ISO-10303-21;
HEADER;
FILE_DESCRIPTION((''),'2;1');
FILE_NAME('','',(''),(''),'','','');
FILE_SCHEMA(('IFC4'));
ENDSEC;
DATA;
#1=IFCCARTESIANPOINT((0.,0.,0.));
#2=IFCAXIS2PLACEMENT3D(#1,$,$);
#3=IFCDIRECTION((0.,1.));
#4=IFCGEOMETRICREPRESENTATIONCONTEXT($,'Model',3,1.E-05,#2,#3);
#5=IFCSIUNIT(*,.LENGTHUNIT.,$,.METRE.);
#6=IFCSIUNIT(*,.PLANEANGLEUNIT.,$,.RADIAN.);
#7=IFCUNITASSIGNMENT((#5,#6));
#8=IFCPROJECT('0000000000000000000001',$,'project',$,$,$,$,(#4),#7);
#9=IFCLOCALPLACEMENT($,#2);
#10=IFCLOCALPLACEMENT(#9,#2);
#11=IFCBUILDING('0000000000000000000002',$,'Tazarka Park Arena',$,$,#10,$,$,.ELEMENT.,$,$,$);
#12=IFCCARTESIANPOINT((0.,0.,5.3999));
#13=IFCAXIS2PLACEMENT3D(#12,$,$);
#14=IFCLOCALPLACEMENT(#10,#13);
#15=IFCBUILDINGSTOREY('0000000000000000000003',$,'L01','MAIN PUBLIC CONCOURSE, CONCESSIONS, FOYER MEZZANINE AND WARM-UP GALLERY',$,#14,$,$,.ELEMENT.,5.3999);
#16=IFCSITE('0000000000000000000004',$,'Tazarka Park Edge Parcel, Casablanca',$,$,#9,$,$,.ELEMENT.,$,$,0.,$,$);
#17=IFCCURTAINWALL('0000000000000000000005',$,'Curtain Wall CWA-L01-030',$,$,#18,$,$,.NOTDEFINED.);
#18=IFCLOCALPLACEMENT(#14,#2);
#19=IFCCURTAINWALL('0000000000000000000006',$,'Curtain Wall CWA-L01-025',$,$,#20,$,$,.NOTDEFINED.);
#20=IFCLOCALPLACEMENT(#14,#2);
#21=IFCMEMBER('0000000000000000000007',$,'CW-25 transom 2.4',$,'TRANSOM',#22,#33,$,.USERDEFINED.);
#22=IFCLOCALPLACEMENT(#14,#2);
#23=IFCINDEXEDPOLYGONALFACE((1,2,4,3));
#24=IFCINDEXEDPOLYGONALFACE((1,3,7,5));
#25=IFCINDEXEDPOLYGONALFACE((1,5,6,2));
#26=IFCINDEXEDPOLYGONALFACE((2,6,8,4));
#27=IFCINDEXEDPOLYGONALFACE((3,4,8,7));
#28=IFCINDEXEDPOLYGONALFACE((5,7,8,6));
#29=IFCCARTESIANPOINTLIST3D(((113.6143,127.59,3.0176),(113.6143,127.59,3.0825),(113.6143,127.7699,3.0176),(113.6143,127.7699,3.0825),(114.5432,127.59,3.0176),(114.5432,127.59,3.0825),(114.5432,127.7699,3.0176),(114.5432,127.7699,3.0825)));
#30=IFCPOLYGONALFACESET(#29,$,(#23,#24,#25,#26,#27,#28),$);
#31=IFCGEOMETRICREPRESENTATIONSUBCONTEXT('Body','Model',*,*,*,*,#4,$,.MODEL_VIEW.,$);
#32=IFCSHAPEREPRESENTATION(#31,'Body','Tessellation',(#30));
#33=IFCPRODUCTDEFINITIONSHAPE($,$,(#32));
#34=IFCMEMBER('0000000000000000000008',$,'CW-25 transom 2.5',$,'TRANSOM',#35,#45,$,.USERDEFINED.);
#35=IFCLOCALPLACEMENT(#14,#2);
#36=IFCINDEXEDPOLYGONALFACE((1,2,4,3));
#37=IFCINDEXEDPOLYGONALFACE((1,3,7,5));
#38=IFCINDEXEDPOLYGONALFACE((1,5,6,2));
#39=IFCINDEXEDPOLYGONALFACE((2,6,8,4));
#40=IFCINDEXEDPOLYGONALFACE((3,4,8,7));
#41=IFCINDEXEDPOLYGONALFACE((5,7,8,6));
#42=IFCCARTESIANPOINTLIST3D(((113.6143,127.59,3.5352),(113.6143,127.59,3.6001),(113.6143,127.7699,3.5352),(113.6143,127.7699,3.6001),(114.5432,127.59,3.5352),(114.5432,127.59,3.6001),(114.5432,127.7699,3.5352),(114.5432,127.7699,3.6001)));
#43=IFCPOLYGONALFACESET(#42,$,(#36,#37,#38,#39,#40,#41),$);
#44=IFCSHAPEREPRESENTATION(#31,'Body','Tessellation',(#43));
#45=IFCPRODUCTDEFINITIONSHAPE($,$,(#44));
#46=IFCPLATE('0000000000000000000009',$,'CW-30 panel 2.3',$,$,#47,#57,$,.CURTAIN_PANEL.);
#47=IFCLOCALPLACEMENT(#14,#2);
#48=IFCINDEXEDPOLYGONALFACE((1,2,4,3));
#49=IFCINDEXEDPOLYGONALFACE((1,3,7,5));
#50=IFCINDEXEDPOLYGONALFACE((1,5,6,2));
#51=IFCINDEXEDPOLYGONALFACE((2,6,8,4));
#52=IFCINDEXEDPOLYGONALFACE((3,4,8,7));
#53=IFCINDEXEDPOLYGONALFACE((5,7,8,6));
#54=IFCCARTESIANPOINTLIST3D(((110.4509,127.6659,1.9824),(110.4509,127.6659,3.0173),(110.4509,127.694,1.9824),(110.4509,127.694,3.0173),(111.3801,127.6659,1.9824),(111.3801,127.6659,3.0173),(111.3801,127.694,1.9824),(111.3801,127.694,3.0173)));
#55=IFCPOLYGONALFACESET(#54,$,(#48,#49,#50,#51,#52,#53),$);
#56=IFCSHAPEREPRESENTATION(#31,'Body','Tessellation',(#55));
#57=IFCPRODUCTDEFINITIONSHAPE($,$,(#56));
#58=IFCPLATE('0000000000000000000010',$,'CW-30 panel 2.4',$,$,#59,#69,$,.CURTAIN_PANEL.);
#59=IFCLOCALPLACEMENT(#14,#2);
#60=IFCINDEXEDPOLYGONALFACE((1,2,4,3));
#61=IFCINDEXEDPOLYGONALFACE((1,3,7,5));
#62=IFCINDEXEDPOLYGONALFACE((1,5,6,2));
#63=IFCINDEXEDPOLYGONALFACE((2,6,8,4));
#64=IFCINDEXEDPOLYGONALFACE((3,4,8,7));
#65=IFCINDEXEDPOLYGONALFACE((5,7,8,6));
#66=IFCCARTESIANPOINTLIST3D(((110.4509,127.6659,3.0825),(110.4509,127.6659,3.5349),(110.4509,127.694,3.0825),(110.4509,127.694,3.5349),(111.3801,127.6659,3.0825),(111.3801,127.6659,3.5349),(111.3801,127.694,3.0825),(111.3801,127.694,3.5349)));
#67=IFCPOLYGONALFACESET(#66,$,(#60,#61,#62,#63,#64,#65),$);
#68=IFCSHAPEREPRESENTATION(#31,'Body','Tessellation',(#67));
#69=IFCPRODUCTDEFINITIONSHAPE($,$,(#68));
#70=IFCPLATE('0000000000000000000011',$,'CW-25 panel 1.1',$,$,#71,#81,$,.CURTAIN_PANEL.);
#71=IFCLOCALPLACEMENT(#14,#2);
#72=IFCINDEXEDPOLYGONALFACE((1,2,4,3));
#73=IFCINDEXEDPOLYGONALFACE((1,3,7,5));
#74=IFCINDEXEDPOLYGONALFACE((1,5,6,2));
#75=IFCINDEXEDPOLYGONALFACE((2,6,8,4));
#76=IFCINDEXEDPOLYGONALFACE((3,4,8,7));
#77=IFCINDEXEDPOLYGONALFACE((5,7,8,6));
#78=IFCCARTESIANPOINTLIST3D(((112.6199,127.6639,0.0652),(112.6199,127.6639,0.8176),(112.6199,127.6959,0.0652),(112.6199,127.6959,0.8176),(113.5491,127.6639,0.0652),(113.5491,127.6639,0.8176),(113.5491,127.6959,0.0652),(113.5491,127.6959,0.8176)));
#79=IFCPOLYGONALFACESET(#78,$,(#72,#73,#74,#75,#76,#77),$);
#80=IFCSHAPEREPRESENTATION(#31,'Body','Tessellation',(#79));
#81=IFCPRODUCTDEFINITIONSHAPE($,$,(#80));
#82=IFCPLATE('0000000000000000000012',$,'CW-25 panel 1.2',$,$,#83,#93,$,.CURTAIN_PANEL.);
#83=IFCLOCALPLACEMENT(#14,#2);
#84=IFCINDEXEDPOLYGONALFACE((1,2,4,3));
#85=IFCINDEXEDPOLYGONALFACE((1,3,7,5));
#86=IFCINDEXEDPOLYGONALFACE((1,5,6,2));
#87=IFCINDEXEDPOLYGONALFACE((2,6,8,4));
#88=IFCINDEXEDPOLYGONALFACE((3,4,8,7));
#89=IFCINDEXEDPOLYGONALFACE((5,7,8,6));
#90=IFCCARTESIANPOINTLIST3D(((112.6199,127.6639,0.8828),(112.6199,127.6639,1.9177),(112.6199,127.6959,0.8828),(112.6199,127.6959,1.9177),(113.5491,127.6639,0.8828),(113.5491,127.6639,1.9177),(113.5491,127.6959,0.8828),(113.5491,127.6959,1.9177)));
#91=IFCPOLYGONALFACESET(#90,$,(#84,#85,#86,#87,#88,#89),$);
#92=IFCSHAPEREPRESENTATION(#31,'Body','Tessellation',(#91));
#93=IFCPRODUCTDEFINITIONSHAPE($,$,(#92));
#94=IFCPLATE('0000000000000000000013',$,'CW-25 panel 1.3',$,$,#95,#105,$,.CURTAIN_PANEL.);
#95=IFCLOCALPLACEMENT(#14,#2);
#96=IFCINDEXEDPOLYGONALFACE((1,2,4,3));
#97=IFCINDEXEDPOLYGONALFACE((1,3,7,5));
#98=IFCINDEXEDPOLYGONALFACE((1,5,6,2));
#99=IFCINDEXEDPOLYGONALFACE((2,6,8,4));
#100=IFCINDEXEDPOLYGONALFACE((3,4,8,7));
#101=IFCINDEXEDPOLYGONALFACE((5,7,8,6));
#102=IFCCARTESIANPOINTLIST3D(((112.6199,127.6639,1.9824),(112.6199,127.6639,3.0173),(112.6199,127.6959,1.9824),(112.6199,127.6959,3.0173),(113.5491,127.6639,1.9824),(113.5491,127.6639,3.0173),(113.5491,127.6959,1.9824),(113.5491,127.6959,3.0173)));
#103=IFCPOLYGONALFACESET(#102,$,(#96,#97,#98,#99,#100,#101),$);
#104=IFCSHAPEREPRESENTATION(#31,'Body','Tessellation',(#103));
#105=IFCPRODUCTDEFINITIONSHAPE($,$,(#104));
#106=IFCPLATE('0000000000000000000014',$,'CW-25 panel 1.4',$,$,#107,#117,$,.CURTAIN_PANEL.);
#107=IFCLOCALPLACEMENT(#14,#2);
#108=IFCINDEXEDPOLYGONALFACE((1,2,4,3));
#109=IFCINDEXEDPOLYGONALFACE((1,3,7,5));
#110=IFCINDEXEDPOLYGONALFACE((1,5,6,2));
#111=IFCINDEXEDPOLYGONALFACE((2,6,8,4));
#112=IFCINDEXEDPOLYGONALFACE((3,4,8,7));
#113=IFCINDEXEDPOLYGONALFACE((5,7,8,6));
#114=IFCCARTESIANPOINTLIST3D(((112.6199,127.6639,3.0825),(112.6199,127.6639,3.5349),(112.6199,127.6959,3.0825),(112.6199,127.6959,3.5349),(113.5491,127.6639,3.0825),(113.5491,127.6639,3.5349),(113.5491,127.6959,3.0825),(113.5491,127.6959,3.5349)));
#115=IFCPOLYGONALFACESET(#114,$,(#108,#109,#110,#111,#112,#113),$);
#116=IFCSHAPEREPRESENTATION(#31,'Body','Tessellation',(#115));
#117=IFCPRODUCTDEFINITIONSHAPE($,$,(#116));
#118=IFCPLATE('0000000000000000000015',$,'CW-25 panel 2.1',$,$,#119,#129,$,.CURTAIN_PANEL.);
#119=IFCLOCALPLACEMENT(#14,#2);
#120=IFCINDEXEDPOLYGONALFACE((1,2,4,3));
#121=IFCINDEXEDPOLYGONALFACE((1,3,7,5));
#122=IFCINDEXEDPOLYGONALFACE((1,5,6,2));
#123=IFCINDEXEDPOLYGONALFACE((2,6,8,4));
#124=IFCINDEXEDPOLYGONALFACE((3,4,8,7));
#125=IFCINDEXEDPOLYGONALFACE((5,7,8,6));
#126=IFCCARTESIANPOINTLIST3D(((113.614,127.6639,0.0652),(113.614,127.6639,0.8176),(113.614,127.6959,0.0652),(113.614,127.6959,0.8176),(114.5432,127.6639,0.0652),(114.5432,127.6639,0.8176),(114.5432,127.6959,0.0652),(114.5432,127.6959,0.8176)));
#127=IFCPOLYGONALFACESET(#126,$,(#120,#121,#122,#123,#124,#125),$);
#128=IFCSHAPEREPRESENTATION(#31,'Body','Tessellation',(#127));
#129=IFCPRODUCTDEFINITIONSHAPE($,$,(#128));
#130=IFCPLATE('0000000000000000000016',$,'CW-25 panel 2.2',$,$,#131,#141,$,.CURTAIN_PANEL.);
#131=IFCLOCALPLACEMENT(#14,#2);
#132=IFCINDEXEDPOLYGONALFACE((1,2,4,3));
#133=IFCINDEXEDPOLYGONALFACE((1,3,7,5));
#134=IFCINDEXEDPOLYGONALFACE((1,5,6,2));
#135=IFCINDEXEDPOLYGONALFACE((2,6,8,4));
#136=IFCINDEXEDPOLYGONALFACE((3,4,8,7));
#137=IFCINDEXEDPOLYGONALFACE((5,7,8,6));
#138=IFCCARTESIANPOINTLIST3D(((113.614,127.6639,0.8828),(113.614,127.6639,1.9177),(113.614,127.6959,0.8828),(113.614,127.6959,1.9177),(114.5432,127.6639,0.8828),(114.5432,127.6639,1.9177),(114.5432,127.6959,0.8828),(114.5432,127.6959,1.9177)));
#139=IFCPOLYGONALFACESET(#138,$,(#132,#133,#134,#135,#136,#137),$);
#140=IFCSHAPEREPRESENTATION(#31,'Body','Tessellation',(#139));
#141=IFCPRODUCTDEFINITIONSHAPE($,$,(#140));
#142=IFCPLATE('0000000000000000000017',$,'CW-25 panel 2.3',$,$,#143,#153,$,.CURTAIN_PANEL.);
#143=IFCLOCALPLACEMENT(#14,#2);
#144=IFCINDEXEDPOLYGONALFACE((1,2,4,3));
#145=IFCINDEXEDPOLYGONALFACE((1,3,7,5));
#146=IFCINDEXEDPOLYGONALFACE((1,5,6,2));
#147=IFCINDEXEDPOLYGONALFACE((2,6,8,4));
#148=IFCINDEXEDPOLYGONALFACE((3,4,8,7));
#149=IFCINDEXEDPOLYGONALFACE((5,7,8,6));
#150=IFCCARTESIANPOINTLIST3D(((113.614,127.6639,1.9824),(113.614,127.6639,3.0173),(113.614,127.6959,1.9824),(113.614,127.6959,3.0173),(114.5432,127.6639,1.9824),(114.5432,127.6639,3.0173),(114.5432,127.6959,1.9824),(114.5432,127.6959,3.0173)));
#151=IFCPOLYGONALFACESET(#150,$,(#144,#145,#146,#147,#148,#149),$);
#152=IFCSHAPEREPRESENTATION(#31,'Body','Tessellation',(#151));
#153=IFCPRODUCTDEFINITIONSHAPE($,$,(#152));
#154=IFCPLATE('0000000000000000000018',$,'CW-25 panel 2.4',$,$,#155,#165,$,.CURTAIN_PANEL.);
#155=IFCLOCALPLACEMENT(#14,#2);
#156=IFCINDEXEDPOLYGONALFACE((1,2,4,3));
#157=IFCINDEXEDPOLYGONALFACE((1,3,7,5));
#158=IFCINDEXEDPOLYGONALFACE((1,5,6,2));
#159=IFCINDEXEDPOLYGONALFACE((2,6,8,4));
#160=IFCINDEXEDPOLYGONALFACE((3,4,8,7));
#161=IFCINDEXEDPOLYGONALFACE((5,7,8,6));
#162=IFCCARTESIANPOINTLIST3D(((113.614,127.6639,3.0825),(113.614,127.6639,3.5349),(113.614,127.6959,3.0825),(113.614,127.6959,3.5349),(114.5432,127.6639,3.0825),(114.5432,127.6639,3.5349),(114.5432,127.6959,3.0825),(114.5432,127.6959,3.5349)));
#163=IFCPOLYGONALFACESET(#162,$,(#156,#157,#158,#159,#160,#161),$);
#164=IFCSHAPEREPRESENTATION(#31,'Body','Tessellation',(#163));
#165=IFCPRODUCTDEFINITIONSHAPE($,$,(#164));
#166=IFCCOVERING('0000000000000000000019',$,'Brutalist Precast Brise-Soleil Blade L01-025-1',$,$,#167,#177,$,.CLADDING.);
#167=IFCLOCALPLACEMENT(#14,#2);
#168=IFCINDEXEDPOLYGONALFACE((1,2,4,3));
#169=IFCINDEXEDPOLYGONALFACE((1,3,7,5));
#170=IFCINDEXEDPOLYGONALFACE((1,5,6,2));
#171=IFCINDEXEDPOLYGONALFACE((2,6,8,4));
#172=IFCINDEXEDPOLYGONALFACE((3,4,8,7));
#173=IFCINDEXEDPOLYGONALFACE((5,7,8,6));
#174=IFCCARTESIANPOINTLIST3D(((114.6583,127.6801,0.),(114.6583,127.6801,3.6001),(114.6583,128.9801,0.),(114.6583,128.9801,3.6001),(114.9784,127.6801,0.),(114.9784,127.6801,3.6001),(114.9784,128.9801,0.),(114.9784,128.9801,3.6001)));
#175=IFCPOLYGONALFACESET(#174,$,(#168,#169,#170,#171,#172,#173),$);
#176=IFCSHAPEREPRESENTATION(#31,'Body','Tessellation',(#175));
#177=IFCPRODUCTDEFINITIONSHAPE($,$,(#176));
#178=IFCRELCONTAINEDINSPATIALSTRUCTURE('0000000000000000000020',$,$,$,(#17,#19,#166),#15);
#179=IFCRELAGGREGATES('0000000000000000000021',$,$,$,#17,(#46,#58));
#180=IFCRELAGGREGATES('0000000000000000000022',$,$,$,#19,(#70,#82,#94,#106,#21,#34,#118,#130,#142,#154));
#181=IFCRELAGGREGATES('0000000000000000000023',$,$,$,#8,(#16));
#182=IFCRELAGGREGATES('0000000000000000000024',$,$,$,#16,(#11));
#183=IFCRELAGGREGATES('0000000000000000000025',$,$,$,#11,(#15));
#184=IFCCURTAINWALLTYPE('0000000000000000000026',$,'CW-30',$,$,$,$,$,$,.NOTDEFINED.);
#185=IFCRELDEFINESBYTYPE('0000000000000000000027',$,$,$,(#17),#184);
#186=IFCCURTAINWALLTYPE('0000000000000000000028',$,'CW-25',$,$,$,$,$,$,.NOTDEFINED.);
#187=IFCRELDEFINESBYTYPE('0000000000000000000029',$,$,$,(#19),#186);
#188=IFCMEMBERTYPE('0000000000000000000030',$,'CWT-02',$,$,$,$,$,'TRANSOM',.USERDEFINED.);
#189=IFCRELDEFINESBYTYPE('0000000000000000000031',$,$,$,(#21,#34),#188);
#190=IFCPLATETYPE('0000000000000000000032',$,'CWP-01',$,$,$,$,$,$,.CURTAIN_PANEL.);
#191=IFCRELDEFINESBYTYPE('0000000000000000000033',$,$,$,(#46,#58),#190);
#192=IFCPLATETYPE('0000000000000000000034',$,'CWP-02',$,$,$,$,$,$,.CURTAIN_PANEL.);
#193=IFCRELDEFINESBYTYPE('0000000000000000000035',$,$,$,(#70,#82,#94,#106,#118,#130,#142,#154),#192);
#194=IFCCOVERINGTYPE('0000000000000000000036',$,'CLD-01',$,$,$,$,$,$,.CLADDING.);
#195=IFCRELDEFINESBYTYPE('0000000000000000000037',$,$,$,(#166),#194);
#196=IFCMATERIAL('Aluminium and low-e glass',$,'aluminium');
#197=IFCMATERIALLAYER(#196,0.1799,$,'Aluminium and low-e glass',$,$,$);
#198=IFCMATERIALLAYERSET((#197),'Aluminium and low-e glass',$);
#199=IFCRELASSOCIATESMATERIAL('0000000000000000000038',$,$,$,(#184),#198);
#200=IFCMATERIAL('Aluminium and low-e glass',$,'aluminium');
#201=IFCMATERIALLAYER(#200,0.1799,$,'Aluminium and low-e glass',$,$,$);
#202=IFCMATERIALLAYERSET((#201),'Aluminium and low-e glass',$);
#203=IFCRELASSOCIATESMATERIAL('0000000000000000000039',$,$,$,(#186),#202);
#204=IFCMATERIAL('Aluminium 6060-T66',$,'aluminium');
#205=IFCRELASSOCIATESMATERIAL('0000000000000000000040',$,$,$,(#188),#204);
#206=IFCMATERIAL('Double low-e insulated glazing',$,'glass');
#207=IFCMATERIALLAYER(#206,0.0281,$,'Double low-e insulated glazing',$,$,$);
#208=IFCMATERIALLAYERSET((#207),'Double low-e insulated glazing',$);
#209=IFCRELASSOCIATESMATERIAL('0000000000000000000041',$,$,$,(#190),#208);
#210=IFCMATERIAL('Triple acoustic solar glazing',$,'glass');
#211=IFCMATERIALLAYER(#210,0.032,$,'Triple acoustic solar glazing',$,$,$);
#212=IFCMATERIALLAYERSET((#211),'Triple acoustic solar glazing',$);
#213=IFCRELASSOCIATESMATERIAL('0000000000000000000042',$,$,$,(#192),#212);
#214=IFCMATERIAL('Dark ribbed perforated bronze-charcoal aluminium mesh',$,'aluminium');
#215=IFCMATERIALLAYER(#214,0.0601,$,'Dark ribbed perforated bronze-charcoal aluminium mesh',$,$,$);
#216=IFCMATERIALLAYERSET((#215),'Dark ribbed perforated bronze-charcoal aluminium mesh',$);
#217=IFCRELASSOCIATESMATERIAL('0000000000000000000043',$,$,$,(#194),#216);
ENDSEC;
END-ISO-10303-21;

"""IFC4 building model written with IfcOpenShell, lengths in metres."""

from ifc_helpers import new_model, si_unit, direction, frame, origin, origin_2d, place, context, subcontext, project, spatial, rectangle, extrude, material, layer, layer_set, material_profile, profile_set, type_object, element, aggregate, save


model = new_model("IFC4")

# Units and contexts
model_context = context("Model", 3, precision=1e-05, world=origin(), true_north=direction((0.0, 1.0)))
body_context = subcontext(model_context, "Body", "Model", "MODEL_VIEW")
ifc_project = project(units=[si_unit("LENGTHUNIT", "METRE"), si_unit("PLANEANGLEUNIT", "RADIAN")], contexts=[model_context])

# Site, building, storey
site_placement = place(None, origin())
site = spatial("IfcSite", under=ifc_project, at=site_placement, Name="Tazarka Park Edge Parcel, Casablanca", CompositionType="ELEMENT", RefElevation=0.0)
building_placement = place(site_placement, origin())
building = spatial("IfcBuilding", under=site, at=building_placement, Name="Tazarka Park Arena", CompositionType="ELEMENT")
storey_placement = place(building_placement, frame((0.0, 0.0, 5.3999)))
storey = spatial("IfcBuildingStorey", under=building, at=storey_placement, Name="L01", Description="MAIN PUBLIC CONCOURSE, CONCESSIONS, FOYER MEZZANINE AND WARM-UP GALLERY", CompositionType="ELEMENT", Elevation=5.3999)

# Curtain wall
ifc_material_1 = material(Name="Aluminium and low-e glass", Category="aluminium")
ifc_layer_1 = layer(ifc_material_1, 0.1799, Name="Aluminium and low-e glass")
ifc_layer_set_1 = layer_set([ifc_layer_1], Name="Aluminium and low-e glass")
curtain_wall_type_1 = type_object("IfcCurtainWallType", Name="CW-30", PredefinedType="NOTDEFINED", material=ifc_layer_set_1)
curtain_wall_1_placement = place(storey_placement, origin())
curtain_wall_1 = element("IfcCurtainWall", 1, at=curtain_wall_1_placement, inside=storey, type_object=curtain_wall_type_1, Name="Curtain Wall CWA-L01-030", PredefinedType="NOTDEFINED")

# Curtain wall, members
ifc_material_2 = material(Name="Aluminium and low-e glass", Category="aluminium")
ifc_layer_2 = layer(ifc_material_2, 0.1799, Name="Aluminium and low-e glass")
ifc_layer_set_2 = layer_set([ifc_layer_2], Name="Aluminium and low-e glass")
curtain_wall_type_2 = type_object("IfcCurtainWallType", Name="CW-25", PredefinedType="NOTDEFINED", material=ifc_layer_set_2)
curtain_wall_2_placement = place(storey_placement, origin())
curtain_wall_2 = element("IfcCurtainWall", 2, at=curtain_wall_2_placement, inside=storey, type_object=curtain_wall_type_2, Name="Curtain Wall CWA-L01-025", PredefinedType="NOTDEFINED")
ifc_material_3 = material(Name="Aluminium 6060-T66", Category="aluminium")
ifc_material_profile_1 = material_profile(ifc_material_3, rectangle(XDim=0.1799, YDim=0.0649, at=origin_2d()), Name="Aluminium 6060-T66")
ifc_profile_set_1 = profile_set([ifc_material_profile_1], Name="Aluminium 6060-T66")
member_type_1 = type_object("IfcMemberType", Name="CWT-02", ElementType="TRANSOM", PredefinedType="USERDEFINED", material=ifc_profile_set_1)
member_1_placement = place(storey_placement, frame((113.6143, 127.6799, 3.05), z_axis=(1.0, 0.0, 0.0), x_axis=(0.0, 1.0, 0.0)))
member_1 = element("IfcMember", 3, at=member_1_placement, type_object=member_type_1, Name="CW-25 transom 2.4", ObjectType="TRANSOM", PredefinedType="USERDEFINED", context=body_context, shape_type="SweptSolid", body=[
    extrude(rectangle(XDim=0.1799, YDim=0.0649, at=origin_2d()), origin(), (0.0, 0.0, 1.0), 0.929),
])
member_2_placement = place(storey_placement, frame((113.6143, 127.6799, 3.5676), z_axis=(1.0, 0.0, 0.0), x_axis=(0.0, 1.0, 0.0)))
member_2 = element("IfcMember", 4, at=member_2_placement, type_object=member_type_1, Name="CW-25 transom 2.5", ObjectType="TRANSOM", PredefinedType="USERDEFINED", context=body_context, shape_type="SweptSolid", body=[
    extrude(rectangle(XDim=0.1799, YDim=0.0649, at=origin_2d()), origin(), (0.0, 0.0, 1.0), 0.929),
])

# Plates
ifc_material_4 = material(Name="Double low-e insulated glazing", Category="glass")
ifc_layer_3 = layer(ifc_material_4, 0.0281, Name="Double low-e insulated glazing")
ifc_layer_set_3 = layer_set([ifc_layer_3], Name="Double low-e insulated glazing")
plate_type_1 = type_object("IfcPlateType", Name="CWP-01", PredefinedType="CURTAIN_PANEL", material=ifc_layer_set_3)
plate_1_placement = place(storey_placement, frame((110.9155, 127.6799, 1.9824), z_axis=(0.0, 0.0, 1.0), x_axis=(1.0, 0.0, 0.0)))
plate_1 = element("IfcPlate", 5, at=plate_1_placement, type_object=plate_type_1, Name="CW-30 panel 2.3", PredefinedType="CURTAIN_PANEL", context=body_context, shape_type="SweptSolid", body=[
    extrude(rectangle(XDim=0.9292, YDim=0.0281, at=origin_2d()), origin(), (0.0, 0.0, 1.0), 1.0349),
])
plate_2_placement = place(storey_placement, frame((110.9155, 127.6799, 3.0825), z_axis=(0.0, 0.0, 1.0), x_axis=(1.0, 0.0, 0.0)))
plate_2 = element("IfcPlate", 6, at=plate_2_placement, type_object=plate_type_1, Name="CW-30 panel 2.4", PredefinedType="CURTAIN_PANEL", context=body_context, shape_type="SweptSolid", body=[
    extrude(rectangle(XDim=0.9292, YDim=0.0281, at=origin_2d()), origin(), (0.0, 0.0, 1.0), 0.4524),
])
aggregate(curtain_wall_1, [plate_1, plate_2])
ifc_material_5 = material(Name="Triple acoustic solar glazing", Category="glass")
ifc_layer_4 = layer(ifc_material_5, 0.032, Name="Triple acoustic solar glazing")
ifc_layer_set_4 = layer_set([ifc_layer_4], Name="Triple acoustic solar glazing")
plate_type_2 = type_object("IfcPlateType", Name="CWP-02", PredefinedType="CURTAIN_PANEL", material=ifc_layer_set_4)
plate_3_placement = place(storey_placement, frame((113.0845, 127.6799, 0.0652), z_axis=(0.0, 0.0, 1.0), x_axis=(1.0, 0.0, 0.0)))
plate_3 = element("IfcPlate", 7, at=plate_3_placement, type_object=plate_type_2, Name="CW-25 panel 1.1", PredefinedType="CURTAIN_PANEL", context=body_context, shape_type="SweptSolid", body=[
    extrude(rectangle(XDim=0.9292, YDim=0.032, at=origin_2d()), origin(), (0.0, 0.0, 1.0), 0.7524),
])
plate_4_placement = place(storey_placement, frame((113.0845, 127.6799, 0.8828), z_axis=(0.0, 0.0, 1.0), x_axis=(1.0, 0.0, 0.0)))
plate_4 = element("IfcPlate", 8, at=plate_4_placement, type_object=plate_type_2, Name="CW-25 panel 1.2", PredefinedType="CURTAIN_PANEL", context=body_context, shape_type="SweptSolid", body=[
    extrude(rectangle(XDim=0.9292, YDim=0.032, at=origin_2d()), origin(), (0.0, 0.0, 1.0), 1.0349),
])
plate_5_placement = place(storey_placement, frame((113.0845, 127.6799, 1.9824), z_axis=(0.0, 0.0, 1.0), x_axis=(1.0, 0.0, 0.0)))
plate_5 = element("IfcPlate", 9, at=plate_5_placement, type_object=plate_type_2, Name="CW-25 panel 1.3", PredefinedType="CURTAIN_PANEL", context=body_context, shape_type="SweptSolid", body=[
    extrude(rectangle(XDim=0.9292, YDim=0.032, at=origin_2d()), origin(), (0.0, 0.0, 1.0), 1.0349),
])
plate_6_placement = place(storey_placement, frame((113.0845, 127.6799, 3.0825), z_axis=(0.0, 0.0, 1.0), x_axis=(1.0, 0.0, 0.0)))
plate_6 = element("IfcPlate", 10, at=plate_6_placement, type_object=plate_type_2, Name="CW-25 panel 1.4", PredefinedType="CURTAIN_PANEL", context=body_context, shape_type="SweptSolid", body=[
    extrude(rectangle(XDim=0.9292, YDim=0.032, at=origin_2d()), origin(), (0.0, 0.0, 1.0), 0.4524),
])
plate_7_placement = place(storey_placement, frame((114.0786, 127.6799, 0.0652), z_axis=(0.0, 0.0, 1.0), x_axis=(1.0, 0.0, 0.0)))
plate_7 = element("IfcPlate", 11, at=plate_7_placement, type_object=plate_type_2, Name="CW-25 panel 2.1", PredefinedType="CURTAIN_PANEL", context=body_context, shape_type="SweptSolid", body=[
    extrude(rectangle(XDim=0.9292, YDim=0.032, at=origin_2d()), origin(), (0.0, 0.0, 1.0), 0.7524),
])
plate_8_placement = place(storey_placement, frame((114.0786, 127.6799, 0.8828), z_axis=(0.0, 0.0, 1.0), x_axis=(1.0, 0.0, 0.0)))
plate_8 = element("IfcPlate", 12, at=plate_8_placement, type_object=plate_type_2, Name="CW-25 panel 2.2", PredefinedType="CURTAIN_PANEL", context=body_context, shape_type="SweptSolid", body=[
    extrude(rectangle(XDim=0.9292, YDim=0.032, at=origin_2d()), origin(), (0.0, 0.0, 1.0), 1.0349),
])
plate_9_placement = place(storey_placement, frame((114.0786, 127.6799, 1.9824), z_axis=(0.0, 0.0, 1.0), x_axis=(1.0, 0.0, 0.0)))
plate_9 = element("IfcPlate", 13, at=plate_9_placement, type_object=plate_type_2, Name="CW-25 panel 2.3", PredefinedType="CURTAIN_PANEL", context=body_context, shape_type="SweptSolid", body=[
    extrude(rectangle(XDim=0.9292, YDim=0.032, at=origin_2d()), origin(), (0.0, 0.0, 1.0), 1.0349),
])
plate_10_placement = place(storey_placement, frame((114.0786, 127.6799, 3.0825), z_axis=(0.0, 0.0, 1.0), x_axis=(1.0, 0.0, 0.0)))
plate_10 = element("IfcPlate", 14, at=plate_10_placement, type_object=plate_type_2, Name="CW-25 panel 2.4", PredefinedType="CURTAIN_PANEL", context=body_context, shape_type="SweptSolid", body=[
    extrude(rectangle(XDim=0.9292, YDim=0.032, at=origin_2d()), origin(), (0.0, 0.0, 1.0), 0.4524),
])
aggregate(curtain_wall_2, [plate_3, plate_4, plate_5, plate_6, member_1, member_2, plate_7, plate_8, plate_9, plate_10])

# Covering
ifc_material_6 = material(Name="Dark ribbed perforated bronze-charcoal aluminium mesh", Category="aluminium")
ifc_layer_5 = layer(ifc_material_6, 0.0601, Name="Dark ribbed perforated bronze-charcoal aluminium mesh")
ifc_layer_set_5 = layer_set([ifc_layer_5], Name="Dark ribbed perforated bronze-charcoal aluminium mesh")
covering_type = type_object("IfcCoveringType", Name="CLD-01", PredefinedType="CLADDING", material=ifc_layer_set_5)
covering_placement = place(storey_placement, frame((114.8184, 128.3301, 0.0), z_axis=(0.0, 0.0, 1.0), x_axis=(1.0, 0.0, 0.0)))
element("IfcCovering", 15, at=covering_placement, inside=storey, type_object=covering_type, Name="Brutalist Precast Brise-Soleil Blade L01-025-1", PredefinedType="CLADDING", context=body_context, shape_type="SweptSolid", body=[
    extrude(rectangle(XDim=0.3201, YDim=1.3, at=origin_2d()), origin(), (0.0, 0.0, 1.0), 3.6001),
])

save(model, "model.ifc")
